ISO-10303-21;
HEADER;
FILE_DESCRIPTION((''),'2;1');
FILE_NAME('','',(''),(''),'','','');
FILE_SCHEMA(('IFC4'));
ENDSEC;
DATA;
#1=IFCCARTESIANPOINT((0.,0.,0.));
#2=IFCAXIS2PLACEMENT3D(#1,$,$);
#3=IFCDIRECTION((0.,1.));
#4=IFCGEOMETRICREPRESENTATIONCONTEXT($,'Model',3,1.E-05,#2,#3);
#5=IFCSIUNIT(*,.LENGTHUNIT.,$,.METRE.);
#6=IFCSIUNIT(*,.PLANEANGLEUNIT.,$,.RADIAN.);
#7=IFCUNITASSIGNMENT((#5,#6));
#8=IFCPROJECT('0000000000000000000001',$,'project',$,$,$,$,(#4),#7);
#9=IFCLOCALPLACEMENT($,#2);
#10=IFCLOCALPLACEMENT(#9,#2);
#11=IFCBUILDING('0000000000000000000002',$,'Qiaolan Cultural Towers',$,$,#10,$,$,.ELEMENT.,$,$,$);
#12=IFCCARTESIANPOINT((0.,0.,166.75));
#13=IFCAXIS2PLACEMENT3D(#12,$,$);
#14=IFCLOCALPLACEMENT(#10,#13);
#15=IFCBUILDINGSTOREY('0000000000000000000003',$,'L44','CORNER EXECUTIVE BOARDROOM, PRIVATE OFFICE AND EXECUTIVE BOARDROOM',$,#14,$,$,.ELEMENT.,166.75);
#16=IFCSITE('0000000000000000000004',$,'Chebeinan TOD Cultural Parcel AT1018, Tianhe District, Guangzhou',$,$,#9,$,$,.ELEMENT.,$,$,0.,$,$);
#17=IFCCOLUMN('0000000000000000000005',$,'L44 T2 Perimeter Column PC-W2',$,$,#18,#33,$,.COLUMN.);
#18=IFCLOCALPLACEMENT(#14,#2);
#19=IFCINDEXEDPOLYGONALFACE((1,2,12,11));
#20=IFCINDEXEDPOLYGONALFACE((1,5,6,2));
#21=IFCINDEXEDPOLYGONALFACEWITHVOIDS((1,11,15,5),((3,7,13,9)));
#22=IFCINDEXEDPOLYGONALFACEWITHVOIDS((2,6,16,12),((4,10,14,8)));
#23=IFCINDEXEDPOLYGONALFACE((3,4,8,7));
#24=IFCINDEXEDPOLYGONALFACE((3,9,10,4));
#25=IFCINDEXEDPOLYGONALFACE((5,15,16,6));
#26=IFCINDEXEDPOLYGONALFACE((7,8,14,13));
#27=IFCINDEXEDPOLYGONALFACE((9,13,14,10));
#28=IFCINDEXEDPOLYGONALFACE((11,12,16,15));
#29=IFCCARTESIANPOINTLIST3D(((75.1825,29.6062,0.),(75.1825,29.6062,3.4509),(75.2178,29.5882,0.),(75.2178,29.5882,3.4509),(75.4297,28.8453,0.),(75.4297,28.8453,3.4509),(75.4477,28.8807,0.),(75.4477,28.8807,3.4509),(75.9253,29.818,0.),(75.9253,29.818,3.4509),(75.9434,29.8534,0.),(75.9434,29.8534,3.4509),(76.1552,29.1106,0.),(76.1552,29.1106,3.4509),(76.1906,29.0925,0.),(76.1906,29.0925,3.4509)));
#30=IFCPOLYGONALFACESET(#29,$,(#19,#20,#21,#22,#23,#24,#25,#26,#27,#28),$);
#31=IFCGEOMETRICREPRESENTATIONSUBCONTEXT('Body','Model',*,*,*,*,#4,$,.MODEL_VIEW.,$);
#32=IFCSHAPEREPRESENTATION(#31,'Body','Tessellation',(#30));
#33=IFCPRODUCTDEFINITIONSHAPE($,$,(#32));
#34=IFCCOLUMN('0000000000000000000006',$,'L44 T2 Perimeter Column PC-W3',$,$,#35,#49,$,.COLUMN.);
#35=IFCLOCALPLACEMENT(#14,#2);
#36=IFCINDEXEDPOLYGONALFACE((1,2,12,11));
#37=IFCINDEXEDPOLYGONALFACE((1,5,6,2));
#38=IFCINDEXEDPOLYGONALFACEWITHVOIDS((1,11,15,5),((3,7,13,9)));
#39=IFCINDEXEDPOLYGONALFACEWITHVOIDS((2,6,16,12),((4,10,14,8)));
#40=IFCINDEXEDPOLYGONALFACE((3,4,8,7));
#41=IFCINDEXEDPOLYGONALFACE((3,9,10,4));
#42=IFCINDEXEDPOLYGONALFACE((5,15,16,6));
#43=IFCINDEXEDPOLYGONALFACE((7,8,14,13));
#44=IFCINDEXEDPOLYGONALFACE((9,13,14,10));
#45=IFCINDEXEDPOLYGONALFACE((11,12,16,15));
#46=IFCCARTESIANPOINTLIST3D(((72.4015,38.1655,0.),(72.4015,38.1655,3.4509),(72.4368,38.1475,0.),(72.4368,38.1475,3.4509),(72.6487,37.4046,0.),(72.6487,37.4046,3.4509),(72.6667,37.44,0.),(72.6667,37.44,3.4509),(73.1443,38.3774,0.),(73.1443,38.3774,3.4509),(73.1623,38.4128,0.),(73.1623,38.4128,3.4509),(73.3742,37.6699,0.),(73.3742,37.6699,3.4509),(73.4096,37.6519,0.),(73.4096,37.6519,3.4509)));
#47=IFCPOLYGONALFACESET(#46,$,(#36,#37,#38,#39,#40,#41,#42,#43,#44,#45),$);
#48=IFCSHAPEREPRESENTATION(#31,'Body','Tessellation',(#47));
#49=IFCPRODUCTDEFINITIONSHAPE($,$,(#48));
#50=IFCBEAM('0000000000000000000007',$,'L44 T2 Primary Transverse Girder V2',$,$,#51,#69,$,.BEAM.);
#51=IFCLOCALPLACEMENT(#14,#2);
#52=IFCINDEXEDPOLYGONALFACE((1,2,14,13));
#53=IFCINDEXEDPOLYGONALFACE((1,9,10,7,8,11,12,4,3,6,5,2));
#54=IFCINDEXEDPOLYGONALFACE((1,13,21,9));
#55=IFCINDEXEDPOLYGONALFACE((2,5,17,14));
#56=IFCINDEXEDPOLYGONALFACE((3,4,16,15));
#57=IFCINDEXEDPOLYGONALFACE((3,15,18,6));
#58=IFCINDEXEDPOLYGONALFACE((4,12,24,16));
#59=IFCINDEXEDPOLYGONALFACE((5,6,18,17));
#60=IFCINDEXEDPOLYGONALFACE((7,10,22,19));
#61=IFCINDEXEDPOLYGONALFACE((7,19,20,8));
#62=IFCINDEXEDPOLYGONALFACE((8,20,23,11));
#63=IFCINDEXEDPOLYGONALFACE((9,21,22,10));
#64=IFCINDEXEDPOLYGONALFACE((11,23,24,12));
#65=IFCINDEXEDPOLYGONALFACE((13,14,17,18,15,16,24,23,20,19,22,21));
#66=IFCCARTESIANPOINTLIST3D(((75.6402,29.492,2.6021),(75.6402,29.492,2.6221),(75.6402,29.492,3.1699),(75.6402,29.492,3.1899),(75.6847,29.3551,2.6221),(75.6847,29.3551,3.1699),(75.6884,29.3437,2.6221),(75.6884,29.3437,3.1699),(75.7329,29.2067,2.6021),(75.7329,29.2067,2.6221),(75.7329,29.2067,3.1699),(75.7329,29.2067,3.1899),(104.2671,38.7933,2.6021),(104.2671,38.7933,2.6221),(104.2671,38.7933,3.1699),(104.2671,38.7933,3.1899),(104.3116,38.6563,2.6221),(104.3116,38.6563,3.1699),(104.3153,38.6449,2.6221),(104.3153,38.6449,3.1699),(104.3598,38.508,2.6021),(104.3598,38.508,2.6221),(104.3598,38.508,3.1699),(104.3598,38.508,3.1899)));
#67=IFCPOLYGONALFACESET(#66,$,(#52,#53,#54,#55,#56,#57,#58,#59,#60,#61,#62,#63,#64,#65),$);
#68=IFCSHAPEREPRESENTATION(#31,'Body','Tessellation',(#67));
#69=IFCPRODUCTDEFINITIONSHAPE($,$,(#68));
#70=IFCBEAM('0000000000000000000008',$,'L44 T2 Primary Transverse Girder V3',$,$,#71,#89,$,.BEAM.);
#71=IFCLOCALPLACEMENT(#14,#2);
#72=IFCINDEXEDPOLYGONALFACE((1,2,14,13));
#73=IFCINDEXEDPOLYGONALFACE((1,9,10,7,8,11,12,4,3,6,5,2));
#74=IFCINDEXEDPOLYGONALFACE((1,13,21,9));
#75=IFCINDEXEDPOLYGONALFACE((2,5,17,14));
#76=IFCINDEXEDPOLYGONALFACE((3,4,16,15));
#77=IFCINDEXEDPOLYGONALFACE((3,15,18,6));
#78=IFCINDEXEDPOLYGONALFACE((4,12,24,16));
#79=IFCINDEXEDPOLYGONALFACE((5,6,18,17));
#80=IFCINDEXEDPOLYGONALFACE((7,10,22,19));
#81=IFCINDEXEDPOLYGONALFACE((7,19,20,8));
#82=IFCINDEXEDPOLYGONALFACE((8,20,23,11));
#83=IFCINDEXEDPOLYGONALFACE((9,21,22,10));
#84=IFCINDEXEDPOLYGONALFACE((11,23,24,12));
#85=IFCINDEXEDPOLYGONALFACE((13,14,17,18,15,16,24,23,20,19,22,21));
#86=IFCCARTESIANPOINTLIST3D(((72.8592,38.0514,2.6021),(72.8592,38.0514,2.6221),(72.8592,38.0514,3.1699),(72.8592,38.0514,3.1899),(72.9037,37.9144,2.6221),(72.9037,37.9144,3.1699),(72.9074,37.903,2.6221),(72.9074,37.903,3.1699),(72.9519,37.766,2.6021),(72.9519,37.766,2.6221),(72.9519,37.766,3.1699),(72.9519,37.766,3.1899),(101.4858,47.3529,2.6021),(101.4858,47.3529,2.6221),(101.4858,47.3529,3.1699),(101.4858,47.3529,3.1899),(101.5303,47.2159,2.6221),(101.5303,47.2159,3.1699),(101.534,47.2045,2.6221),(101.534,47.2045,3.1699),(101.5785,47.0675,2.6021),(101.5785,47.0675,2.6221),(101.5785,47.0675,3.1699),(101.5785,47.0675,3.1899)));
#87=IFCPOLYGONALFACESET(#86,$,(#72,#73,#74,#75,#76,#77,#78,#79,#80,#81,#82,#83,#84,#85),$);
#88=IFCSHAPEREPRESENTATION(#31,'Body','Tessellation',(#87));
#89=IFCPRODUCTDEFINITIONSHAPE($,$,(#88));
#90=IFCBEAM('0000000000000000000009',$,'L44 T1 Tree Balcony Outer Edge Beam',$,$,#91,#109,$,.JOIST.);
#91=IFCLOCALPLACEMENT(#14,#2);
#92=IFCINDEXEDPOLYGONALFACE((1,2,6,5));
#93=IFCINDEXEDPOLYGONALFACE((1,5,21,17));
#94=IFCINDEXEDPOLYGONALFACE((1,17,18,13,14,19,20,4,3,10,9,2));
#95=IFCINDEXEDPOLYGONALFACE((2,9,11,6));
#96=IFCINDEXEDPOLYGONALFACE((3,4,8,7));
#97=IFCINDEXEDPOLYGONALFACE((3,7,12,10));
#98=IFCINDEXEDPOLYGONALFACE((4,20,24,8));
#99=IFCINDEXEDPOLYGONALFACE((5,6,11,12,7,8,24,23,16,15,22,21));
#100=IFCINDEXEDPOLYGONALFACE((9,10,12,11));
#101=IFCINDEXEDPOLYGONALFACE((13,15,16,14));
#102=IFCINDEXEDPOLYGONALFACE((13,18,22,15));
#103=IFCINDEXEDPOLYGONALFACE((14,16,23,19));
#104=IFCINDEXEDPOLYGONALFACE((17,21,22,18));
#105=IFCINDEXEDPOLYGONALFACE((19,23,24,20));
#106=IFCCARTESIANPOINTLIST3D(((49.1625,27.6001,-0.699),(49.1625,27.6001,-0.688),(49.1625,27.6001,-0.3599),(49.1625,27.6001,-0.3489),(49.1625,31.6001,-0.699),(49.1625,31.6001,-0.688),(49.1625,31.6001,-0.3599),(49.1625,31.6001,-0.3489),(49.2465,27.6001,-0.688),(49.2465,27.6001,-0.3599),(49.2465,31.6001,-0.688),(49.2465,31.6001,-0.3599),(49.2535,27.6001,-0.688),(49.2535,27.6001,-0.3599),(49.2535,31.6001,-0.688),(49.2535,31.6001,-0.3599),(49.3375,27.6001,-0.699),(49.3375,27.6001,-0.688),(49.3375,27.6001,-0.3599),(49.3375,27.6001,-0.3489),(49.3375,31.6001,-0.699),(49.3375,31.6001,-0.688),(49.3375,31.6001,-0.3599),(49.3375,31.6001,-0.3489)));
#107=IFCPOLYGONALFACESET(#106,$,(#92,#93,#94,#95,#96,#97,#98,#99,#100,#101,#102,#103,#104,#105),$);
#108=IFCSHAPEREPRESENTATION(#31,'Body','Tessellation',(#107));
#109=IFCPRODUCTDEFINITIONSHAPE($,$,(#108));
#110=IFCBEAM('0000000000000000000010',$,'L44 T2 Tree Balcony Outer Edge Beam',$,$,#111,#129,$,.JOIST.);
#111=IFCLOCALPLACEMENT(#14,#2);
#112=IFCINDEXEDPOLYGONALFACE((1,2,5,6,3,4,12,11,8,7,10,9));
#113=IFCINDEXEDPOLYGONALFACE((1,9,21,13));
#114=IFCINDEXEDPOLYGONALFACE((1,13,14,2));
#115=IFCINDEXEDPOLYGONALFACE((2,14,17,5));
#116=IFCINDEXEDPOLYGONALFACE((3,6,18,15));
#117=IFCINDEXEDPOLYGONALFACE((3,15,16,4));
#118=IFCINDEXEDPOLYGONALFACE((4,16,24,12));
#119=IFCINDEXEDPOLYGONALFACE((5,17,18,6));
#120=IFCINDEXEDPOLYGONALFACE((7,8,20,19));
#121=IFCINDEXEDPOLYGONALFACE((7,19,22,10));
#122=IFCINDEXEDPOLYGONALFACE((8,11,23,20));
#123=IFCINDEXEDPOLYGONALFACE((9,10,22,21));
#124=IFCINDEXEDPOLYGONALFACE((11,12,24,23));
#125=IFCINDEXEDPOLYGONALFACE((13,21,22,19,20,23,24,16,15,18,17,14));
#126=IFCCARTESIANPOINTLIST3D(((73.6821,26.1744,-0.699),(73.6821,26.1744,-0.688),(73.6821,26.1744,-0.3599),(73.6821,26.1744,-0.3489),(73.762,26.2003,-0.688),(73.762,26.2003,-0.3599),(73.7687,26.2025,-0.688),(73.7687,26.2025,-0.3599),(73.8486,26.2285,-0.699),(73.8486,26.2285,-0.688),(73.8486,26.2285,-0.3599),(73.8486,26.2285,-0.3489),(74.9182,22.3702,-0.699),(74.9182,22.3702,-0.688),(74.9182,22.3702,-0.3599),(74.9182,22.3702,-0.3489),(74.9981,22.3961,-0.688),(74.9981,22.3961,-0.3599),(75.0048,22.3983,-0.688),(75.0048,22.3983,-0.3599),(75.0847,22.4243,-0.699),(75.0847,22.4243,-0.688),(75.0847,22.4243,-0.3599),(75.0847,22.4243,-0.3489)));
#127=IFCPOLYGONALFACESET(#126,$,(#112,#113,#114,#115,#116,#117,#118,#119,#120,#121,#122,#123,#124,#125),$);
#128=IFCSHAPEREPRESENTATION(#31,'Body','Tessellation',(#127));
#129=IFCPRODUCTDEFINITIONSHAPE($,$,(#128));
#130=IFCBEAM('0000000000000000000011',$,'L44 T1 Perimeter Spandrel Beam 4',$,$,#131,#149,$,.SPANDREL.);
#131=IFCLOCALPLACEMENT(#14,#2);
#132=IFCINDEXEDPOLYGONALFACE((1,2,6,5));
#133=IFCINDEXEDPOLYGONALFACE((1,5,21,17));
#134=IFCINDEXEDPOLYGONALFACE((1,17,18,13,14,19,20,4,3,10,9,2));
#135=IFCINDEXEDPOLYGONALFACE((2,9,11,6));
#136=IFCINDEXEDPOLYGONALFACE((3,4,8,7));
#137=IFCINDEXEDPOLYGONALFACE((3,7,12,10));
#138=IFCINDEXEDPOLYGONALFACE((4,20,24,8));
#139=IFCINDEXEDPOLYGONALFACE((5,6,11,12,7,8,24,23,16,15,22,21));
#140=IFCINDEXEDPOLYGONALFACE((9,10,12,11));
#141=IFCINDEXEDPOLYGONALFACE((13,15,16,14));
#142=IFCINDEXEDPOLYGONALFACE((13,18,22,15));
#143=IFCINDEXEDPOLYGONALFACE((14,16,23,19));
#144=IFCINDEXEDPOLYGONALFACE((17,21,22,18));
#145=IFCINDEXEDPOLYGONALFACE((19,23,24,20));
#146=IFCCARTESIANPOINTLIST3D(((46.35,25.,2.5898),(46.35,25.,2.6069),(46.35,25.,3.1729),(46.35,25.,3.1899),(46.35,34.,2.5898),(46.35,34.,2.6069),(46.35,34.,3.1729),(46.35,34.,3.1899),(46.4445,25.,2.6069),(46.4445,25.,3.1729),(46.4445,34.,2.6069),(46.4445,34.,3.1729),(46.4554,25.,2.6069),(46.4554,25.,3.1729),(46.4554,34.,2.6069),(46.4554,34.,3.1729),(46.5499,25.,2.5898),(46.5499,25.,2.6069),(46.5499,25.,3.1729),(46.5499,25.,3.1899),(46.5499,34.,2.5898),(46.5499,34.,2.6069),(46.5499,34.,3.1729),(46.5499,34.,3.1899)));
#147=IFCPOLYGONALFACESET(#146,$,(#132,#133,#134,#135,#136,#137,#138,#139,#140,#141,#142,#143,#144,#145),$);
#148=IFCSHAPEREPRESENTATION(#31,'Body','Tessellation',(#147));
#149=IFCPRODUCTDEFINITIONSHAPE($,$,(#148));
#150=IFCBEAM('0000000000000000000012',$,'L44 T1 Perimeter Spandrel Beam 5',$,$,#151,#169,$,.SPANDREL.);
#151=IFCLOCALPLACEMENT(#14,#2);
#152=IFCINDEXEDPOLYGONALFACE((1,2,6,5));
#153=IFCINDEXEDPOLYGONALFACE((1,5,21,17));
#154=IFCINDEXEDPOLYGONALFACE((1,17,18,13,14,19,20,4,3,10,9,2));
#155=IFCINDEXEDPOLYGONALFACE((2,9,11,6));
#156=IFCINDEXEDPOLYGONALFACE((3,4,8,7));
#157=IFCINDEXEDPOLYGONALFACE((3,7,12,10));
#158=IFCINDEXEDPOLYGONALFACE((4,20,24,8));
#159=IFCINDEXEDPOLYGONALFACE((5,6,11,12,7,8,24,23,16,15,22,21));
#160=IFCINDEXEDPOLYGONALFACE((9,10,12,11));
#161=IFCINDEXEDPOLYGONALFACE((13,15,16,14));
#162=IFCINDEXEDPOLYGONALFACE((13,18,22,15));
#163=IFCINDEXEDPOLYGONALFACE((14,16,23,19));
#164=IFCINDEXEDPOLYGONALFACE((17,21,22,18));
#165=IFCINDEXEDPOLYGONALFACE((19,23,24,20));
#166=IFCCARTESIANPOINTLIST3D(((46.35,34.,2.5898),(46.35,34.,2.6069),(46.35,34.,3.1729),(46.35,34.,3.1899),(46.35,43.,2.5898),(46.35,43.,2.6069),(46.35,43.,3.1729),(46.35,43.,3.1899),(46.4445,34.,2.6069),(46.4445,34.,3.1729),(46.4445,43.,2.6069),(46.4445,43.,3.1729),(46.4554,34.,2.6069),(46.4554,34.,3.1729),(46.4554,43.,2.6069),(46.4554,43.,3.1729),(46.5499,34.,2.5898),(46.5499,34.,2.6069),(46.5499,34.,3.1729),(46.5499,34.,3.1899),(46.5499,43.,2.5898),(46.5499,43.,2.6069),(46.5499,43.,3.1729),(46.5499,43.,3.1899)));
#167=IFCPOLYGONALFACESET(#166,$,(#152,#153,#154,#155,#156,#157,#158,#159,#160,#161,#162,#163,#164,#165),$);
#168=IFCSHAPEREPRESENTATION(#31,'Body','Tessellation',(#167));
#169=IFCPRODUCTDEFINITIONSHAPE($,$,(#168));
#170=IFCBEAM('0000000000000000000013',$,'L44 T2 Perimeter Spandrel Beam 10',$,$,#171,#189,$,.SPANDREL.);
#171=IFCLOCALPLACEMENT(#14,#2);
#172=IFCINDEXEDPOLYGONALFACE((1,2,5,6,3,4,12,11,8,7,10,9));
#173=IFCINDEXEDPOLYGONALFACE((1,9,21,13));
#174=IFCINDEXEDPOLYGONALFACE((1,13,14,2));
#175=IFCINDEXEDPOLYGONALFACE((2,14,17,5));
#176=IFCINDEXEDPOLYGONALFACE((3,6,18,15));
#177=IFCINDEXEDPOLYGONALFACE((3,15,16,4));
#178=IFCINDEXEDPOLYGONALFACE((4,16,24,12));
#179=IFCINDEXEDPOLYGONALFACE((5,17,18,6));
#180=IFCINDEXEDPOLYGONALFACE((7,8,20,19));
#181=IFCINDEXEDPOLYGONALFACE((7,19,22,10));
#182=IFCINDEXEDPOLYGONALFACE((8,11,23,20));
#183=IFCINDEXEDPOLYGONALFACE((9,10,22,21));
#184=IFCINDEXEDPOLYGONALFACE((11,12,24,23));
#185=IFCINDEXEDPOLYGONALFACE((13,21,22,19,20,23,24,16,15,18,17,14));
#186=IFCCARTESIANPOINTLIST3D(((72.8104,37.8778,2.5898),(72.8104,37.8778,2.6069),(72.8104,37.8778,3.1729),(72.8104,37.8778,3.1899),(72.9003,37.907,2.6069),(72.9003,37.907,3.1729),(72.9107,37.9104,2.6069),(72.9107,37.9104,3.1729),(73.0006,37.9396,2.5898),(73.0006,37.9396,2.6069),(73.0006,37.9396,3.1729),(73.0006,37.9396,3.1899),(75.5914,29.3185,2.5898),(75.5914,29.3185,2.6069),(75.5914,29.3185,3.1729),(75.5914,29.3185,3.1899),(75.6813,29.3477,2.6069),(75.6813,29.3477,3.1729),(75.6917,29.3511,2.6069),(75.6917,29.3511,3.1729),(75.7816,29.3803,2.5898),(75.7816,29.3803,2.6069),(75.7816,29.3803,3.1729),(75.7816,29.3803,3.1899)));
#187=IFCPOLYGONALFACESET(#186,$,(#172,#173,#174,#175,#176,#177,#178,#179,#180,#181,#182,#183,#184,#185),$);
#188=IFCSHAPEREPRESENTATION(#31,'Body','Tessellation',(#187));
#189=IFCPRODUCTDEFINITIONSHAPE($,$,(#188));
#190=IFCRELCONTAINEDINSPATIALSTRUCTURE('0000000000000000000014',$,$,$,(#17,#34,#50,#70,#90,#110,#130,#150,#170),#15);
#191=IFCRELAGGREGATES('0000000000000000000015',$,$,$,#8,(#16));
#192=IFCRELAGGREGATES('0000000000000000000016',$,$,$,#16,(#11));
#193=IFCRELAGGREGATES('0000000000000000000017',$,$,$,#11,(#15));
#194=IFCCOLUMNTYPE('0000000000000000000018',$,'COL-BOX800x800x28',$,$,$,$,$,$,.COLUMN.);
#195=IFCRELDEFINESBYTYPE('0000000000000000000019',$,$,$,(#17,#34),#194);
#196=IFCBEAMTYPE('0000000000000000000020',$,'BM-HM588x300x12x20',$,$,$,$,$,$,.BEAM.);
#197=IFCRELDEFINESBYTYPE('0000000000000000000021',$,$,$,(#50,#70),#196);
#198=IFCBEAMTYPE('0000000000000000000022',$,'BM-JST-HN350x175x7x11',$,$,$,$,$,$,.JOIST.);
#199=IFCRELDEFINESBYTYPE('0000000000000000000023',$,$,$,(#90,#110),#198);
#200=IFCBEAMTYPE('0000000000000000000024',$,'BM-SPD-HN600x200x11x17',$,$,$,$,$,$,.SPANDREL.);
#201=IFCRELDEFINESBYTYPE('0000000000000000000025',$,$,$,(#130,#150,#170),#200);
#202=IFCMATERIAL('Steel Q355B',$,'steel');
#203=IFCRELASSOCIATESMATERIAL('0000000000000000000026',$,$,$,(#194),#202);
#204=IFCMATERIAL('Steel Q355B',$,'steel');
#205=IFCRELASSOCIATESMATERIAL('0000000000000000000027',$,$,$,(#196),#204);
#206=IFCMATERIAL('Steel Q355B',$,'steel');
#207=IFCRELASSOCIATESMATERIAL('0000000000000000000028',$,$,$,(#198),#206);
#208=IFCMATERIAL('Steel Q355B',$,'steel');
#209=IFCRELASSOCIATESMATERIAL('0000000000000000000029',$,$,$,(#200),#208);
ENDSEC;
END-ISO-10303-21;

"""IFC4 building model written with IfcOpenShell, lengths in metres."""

from ifc_helpers import new_model, si_unit, direction, frame, origin, origin_2d, place, context, subcontext, project, spatial, hollow_rectangle, i_section, extrude, material, material_profile, profile_set, type_object, element, save


model = new_model("IFC4")

# Units and contexts
model_context = context("Model", 3, precision=1e-05, world=origin(), true_north=direction((0.0, 1.0)))
body_context = subcontext(model_context, "Body", "Model", "MODEL_VIEW")
ifc_project = project(units=[si_unit("LENGTHUNIT", "METRE"), si_unit("PLANEANGLEUNIT", "RADIAN")], contexts=[model_context])

# Site, building, storey
site_placement = place(None, origin())
site = spatial("IfcSite", under=ifc_project, at=site_placement, Name="Chebeinan TOD Cultural Parcel AT1018, Tianhe District, Guangzhou", CompositionType="ELEMENT", RefElevation=0.0)
building_placement = place(site_placement, origin())
building = spatial("IfcBuilding", under=site, at=building_placement, Name="Qiaolan Cultural Towers", CompositionType="ELEMENT")
storey_placement = place(building_placement, frame((0.0, 0.0, 166.75)))
storey = spatial("IfcBuildingStorey", under=building, at=storey_placement, Name="L44", Description="CORNER EXECUTIVE BOARDROOM, PRIVATE OFFICE AND EXECUTIVE BOARDROOM", CompositionType="ELEMENT", Elevation=166.75)

# Columns
ifc_material_1 = material(Name="Steel Q355B", Category="steel")
ifc_material_profile_1 = material_profile(ifc_material_1, hollow_rectangle(XDim=0.8, YDim=0.8, WallThickness=0.0281, at=origin_2d()), Name="BOX800x800x28")
ifc_profile_set_1 = profile_set([ifc_material_profile_1], Name="Steel Q355B")
column_type = type_object("IfcColumnType", Name="COL-BOX800x800x28", PredefinedType="COLUMN", material=ifc_profile_set_1)
for number, where, z_axis, x_axis, name in (
    (1, (75.6865, 29.3494, 0.0), (0.0, 0.0, 1.0), (0.951057, 0.309017, 0.0), "L44 T2 Perimeter Column PC-W2"),
    (2, (72.9055, 37.9087, 0.0), (0.0, 0.0, 1.0), (0.951057, 0.309017, 0.0), "L44 T2 Perimeter Column PC-W3"),
):
    element("IfcColumn", number, at=place(storey_placement, frame(where, z_axis=z_axis, x_axis=x_axis)), inside=storey, type_object=column_type, Name=name, PredefinedType="COLUMN", context=body_context, shape_type="SweptSolid", body=[
        extrude(hollow_rectangle(XDim=0.8, YDim=0.8, WallThickness=0.0281, at=origin_2d()), origin(), (0.0, 0.0, 1.0), 3.4509),
    ])

# Beams
ifc_material_2 = material(Name="Steel Q355B", Category="steel")
ifc_material_profile_2 = material_profile(ifc_material_2, i_section(OverallWidth=0.3, OverallDepth=0.5879, WebThickness=0.012, FlangeThickness=0.02, at=origin_2d()), Name="HM588x300x12x20")
ifc_profile_set_2 = profile_set([ifc_material_profile_2], Name="Steel Q355B")
beam_type_1 = type_object("IfcBeamType", Name="BM-HM588x300x12x20", PredefinedType="BEAM", material=ifc_profile_set_2)
beam_1_placement = place(storey_placement, frame((75.6865, 29.3494, 2.896), z_axis=(0.951058, 0.309011, 0.0), x_axis=(-0.309011, 0.951058, 0.0)))
element("IfcBeam", 3, at=beam_1_placement, inside=storey, type_object=beam_type_1, Name="L44 T2 Primary Transverse Girder V2", PredefinedType="BEAM", context=body_context, shape_type="SweptSolid", body=[
    extrude(i_section(OverallWidth=0.3, OverallDepth=0.5879, WebThickness=0.012, FlangeThickness=0.02, at=origin_2d()), origin(), (0.0, 0.0, 1.0), 30.1001),
])
beam_2_placement = place(storey_placement, frame((72.9055, 37.9087, 2.896), z_axis=(0.951055, 0.309021, 0.0), x_axis=(-0.309021, 0.951055, 0.0)))
element("IfcBeam", 4, at=beam_2_placement, inside=storey, type_object=beam_type_1, Name="L44 T2 Primary Transverse Girder V3", PredefinedType="BEAM", context=body_context, shape_type="SweptSolid", body=[
    extrude(i_section(OverallWidth=0.3, OverallDepth=0.5879, WebThickness=0.012, FlangeThickness=0.02, at=origin_2d()), origin(), (0.0, 0.0, 1.0), 30.0999),
])
ifc_material_3 = material(Name="Steel Q355B", Category="steel")
ifc_material_profile_3 = material_profile(ifc_material_3, i_section(OverallWidth=0.175, OverallDepth=0.3501, WebThickness=0.0071, FlangeThickness=0.011, at=origin_2d()), Name="HN350x175x7x11")
ifc_profile_set_3 = profile_set([ifc_material_profile_3], Name="Steel Q355B")
beam_type_2 = type_object("IfcBeamType", Name="BM-JST-HN350x175x7x11", PredefinedType="JOIST", material=ifc_profile_set_3)
for number, where, z_axis, x_axis, name in (
    (5, (49.25, 27.6001, -0.5239), (0.0, 1.0, 0.0), (-1.0, 0.0, 0.0), "L44 T1 Tree Balcony Outer Edge Beam"),
    (6, (75.0015, 22.3972, -0.5239), (-0.309023, 0.951055, 0.0), (-0.951055, -0.309023, 0.0), "L44 T2 Tree Balcony Outer Edge Beam"),
):
    element("IfcBeam", number, at=place(storey_placement, frame(where, z_axis=z_axis, x_axis=x_axis)), inside=storey, type_object=beam_type_2, Name=name, PredefinedType="JOIST", context=body_context, shape_type="SweptSolid", body=[
        extrude(i_section(OverallWidth=0.175, OverallDepth=0.3501, WebThickness=0.0071, FlangeThickness=0.011, at=origin_2d()), origin(), (0.0, 0.0, 1.0), 4.0),
    ])
ifc_material_4 = material(Name="Steel Q355B", Category="steel")
ifc_material_profile_4 = material_profile(ifc_material_4, i_section(OverallWidth=0.2, OverallDepth=0.6001, WebThickness=0.011, FlangeThickness=0.0171, at=origin_2d()), Name="HN600x200x11x17")
ifc_profile_set_4 = profile_set([ifc_material_profile_4], Name="Steel Q355B")
beam_type_3 = type_object("IfcBeamType", Name="BM-SPD-HN600x200x11x17", PredefinedType="SPANDREL", material=ifc_profile_set_4)
for number, where, z_axis, x_axis, name in (
    (7, (46.45, 25.0, 2.8899), (0.0, 1.0, 0.0), (-1.0, 0.0, 0.0), "L44 T1 Perimeter Spandrel Beam 4"),
    (8, (46.45, 34.0, 2.8899), (0.0, 1.0, 0.0), (-1.0, 0.0, 0.0), "L44 T1 Perimeter Spandrel Beam 5"),
):
    element("IfcBeam", number, at=place(storey_placement, frame(where, z_axis=z_axis, x_axis=x_axis)), inside=storey, type_object=beam_type_3, Name=name, PredefinedType="SPANDREL", context=body_context, shape_type="SweptSolid", body=[
        extrude(i_section(OverallWidth=0.2, OverallDepth=0.6001, WebThickness=0.011, FlangeThickness=0.0171, at=origin_2d()), origin(), (0.0, 0.0, 1.0), 9.0),
    ])
beam_3_placement = place(storey_placement, frame((72.9055, 37.9087, 2.8899), z_axis=(0.309008, -0.951059, 0.0), x_axis=(0.951059, 0.309008, 0.0)))
element("IfcBeam", 9, at=beam_3_placement, inside=storey, type_object=beam_type_3, Name="L44 T2 Perimeter Spandrel Beam 10", PredefinedType="SPANDREL", context=body_context, shape_type="SweptSolid", body=[
    extrude(i_section(OverallWidth=0.2, OverallDepth=0.6001, WebThickness=0.011, FlangeThickness=0.0171, at=origin_2d()), origin(), (0.0, 0.0, 1.0), 8.9998),
])

save(model, "model.ifc")
